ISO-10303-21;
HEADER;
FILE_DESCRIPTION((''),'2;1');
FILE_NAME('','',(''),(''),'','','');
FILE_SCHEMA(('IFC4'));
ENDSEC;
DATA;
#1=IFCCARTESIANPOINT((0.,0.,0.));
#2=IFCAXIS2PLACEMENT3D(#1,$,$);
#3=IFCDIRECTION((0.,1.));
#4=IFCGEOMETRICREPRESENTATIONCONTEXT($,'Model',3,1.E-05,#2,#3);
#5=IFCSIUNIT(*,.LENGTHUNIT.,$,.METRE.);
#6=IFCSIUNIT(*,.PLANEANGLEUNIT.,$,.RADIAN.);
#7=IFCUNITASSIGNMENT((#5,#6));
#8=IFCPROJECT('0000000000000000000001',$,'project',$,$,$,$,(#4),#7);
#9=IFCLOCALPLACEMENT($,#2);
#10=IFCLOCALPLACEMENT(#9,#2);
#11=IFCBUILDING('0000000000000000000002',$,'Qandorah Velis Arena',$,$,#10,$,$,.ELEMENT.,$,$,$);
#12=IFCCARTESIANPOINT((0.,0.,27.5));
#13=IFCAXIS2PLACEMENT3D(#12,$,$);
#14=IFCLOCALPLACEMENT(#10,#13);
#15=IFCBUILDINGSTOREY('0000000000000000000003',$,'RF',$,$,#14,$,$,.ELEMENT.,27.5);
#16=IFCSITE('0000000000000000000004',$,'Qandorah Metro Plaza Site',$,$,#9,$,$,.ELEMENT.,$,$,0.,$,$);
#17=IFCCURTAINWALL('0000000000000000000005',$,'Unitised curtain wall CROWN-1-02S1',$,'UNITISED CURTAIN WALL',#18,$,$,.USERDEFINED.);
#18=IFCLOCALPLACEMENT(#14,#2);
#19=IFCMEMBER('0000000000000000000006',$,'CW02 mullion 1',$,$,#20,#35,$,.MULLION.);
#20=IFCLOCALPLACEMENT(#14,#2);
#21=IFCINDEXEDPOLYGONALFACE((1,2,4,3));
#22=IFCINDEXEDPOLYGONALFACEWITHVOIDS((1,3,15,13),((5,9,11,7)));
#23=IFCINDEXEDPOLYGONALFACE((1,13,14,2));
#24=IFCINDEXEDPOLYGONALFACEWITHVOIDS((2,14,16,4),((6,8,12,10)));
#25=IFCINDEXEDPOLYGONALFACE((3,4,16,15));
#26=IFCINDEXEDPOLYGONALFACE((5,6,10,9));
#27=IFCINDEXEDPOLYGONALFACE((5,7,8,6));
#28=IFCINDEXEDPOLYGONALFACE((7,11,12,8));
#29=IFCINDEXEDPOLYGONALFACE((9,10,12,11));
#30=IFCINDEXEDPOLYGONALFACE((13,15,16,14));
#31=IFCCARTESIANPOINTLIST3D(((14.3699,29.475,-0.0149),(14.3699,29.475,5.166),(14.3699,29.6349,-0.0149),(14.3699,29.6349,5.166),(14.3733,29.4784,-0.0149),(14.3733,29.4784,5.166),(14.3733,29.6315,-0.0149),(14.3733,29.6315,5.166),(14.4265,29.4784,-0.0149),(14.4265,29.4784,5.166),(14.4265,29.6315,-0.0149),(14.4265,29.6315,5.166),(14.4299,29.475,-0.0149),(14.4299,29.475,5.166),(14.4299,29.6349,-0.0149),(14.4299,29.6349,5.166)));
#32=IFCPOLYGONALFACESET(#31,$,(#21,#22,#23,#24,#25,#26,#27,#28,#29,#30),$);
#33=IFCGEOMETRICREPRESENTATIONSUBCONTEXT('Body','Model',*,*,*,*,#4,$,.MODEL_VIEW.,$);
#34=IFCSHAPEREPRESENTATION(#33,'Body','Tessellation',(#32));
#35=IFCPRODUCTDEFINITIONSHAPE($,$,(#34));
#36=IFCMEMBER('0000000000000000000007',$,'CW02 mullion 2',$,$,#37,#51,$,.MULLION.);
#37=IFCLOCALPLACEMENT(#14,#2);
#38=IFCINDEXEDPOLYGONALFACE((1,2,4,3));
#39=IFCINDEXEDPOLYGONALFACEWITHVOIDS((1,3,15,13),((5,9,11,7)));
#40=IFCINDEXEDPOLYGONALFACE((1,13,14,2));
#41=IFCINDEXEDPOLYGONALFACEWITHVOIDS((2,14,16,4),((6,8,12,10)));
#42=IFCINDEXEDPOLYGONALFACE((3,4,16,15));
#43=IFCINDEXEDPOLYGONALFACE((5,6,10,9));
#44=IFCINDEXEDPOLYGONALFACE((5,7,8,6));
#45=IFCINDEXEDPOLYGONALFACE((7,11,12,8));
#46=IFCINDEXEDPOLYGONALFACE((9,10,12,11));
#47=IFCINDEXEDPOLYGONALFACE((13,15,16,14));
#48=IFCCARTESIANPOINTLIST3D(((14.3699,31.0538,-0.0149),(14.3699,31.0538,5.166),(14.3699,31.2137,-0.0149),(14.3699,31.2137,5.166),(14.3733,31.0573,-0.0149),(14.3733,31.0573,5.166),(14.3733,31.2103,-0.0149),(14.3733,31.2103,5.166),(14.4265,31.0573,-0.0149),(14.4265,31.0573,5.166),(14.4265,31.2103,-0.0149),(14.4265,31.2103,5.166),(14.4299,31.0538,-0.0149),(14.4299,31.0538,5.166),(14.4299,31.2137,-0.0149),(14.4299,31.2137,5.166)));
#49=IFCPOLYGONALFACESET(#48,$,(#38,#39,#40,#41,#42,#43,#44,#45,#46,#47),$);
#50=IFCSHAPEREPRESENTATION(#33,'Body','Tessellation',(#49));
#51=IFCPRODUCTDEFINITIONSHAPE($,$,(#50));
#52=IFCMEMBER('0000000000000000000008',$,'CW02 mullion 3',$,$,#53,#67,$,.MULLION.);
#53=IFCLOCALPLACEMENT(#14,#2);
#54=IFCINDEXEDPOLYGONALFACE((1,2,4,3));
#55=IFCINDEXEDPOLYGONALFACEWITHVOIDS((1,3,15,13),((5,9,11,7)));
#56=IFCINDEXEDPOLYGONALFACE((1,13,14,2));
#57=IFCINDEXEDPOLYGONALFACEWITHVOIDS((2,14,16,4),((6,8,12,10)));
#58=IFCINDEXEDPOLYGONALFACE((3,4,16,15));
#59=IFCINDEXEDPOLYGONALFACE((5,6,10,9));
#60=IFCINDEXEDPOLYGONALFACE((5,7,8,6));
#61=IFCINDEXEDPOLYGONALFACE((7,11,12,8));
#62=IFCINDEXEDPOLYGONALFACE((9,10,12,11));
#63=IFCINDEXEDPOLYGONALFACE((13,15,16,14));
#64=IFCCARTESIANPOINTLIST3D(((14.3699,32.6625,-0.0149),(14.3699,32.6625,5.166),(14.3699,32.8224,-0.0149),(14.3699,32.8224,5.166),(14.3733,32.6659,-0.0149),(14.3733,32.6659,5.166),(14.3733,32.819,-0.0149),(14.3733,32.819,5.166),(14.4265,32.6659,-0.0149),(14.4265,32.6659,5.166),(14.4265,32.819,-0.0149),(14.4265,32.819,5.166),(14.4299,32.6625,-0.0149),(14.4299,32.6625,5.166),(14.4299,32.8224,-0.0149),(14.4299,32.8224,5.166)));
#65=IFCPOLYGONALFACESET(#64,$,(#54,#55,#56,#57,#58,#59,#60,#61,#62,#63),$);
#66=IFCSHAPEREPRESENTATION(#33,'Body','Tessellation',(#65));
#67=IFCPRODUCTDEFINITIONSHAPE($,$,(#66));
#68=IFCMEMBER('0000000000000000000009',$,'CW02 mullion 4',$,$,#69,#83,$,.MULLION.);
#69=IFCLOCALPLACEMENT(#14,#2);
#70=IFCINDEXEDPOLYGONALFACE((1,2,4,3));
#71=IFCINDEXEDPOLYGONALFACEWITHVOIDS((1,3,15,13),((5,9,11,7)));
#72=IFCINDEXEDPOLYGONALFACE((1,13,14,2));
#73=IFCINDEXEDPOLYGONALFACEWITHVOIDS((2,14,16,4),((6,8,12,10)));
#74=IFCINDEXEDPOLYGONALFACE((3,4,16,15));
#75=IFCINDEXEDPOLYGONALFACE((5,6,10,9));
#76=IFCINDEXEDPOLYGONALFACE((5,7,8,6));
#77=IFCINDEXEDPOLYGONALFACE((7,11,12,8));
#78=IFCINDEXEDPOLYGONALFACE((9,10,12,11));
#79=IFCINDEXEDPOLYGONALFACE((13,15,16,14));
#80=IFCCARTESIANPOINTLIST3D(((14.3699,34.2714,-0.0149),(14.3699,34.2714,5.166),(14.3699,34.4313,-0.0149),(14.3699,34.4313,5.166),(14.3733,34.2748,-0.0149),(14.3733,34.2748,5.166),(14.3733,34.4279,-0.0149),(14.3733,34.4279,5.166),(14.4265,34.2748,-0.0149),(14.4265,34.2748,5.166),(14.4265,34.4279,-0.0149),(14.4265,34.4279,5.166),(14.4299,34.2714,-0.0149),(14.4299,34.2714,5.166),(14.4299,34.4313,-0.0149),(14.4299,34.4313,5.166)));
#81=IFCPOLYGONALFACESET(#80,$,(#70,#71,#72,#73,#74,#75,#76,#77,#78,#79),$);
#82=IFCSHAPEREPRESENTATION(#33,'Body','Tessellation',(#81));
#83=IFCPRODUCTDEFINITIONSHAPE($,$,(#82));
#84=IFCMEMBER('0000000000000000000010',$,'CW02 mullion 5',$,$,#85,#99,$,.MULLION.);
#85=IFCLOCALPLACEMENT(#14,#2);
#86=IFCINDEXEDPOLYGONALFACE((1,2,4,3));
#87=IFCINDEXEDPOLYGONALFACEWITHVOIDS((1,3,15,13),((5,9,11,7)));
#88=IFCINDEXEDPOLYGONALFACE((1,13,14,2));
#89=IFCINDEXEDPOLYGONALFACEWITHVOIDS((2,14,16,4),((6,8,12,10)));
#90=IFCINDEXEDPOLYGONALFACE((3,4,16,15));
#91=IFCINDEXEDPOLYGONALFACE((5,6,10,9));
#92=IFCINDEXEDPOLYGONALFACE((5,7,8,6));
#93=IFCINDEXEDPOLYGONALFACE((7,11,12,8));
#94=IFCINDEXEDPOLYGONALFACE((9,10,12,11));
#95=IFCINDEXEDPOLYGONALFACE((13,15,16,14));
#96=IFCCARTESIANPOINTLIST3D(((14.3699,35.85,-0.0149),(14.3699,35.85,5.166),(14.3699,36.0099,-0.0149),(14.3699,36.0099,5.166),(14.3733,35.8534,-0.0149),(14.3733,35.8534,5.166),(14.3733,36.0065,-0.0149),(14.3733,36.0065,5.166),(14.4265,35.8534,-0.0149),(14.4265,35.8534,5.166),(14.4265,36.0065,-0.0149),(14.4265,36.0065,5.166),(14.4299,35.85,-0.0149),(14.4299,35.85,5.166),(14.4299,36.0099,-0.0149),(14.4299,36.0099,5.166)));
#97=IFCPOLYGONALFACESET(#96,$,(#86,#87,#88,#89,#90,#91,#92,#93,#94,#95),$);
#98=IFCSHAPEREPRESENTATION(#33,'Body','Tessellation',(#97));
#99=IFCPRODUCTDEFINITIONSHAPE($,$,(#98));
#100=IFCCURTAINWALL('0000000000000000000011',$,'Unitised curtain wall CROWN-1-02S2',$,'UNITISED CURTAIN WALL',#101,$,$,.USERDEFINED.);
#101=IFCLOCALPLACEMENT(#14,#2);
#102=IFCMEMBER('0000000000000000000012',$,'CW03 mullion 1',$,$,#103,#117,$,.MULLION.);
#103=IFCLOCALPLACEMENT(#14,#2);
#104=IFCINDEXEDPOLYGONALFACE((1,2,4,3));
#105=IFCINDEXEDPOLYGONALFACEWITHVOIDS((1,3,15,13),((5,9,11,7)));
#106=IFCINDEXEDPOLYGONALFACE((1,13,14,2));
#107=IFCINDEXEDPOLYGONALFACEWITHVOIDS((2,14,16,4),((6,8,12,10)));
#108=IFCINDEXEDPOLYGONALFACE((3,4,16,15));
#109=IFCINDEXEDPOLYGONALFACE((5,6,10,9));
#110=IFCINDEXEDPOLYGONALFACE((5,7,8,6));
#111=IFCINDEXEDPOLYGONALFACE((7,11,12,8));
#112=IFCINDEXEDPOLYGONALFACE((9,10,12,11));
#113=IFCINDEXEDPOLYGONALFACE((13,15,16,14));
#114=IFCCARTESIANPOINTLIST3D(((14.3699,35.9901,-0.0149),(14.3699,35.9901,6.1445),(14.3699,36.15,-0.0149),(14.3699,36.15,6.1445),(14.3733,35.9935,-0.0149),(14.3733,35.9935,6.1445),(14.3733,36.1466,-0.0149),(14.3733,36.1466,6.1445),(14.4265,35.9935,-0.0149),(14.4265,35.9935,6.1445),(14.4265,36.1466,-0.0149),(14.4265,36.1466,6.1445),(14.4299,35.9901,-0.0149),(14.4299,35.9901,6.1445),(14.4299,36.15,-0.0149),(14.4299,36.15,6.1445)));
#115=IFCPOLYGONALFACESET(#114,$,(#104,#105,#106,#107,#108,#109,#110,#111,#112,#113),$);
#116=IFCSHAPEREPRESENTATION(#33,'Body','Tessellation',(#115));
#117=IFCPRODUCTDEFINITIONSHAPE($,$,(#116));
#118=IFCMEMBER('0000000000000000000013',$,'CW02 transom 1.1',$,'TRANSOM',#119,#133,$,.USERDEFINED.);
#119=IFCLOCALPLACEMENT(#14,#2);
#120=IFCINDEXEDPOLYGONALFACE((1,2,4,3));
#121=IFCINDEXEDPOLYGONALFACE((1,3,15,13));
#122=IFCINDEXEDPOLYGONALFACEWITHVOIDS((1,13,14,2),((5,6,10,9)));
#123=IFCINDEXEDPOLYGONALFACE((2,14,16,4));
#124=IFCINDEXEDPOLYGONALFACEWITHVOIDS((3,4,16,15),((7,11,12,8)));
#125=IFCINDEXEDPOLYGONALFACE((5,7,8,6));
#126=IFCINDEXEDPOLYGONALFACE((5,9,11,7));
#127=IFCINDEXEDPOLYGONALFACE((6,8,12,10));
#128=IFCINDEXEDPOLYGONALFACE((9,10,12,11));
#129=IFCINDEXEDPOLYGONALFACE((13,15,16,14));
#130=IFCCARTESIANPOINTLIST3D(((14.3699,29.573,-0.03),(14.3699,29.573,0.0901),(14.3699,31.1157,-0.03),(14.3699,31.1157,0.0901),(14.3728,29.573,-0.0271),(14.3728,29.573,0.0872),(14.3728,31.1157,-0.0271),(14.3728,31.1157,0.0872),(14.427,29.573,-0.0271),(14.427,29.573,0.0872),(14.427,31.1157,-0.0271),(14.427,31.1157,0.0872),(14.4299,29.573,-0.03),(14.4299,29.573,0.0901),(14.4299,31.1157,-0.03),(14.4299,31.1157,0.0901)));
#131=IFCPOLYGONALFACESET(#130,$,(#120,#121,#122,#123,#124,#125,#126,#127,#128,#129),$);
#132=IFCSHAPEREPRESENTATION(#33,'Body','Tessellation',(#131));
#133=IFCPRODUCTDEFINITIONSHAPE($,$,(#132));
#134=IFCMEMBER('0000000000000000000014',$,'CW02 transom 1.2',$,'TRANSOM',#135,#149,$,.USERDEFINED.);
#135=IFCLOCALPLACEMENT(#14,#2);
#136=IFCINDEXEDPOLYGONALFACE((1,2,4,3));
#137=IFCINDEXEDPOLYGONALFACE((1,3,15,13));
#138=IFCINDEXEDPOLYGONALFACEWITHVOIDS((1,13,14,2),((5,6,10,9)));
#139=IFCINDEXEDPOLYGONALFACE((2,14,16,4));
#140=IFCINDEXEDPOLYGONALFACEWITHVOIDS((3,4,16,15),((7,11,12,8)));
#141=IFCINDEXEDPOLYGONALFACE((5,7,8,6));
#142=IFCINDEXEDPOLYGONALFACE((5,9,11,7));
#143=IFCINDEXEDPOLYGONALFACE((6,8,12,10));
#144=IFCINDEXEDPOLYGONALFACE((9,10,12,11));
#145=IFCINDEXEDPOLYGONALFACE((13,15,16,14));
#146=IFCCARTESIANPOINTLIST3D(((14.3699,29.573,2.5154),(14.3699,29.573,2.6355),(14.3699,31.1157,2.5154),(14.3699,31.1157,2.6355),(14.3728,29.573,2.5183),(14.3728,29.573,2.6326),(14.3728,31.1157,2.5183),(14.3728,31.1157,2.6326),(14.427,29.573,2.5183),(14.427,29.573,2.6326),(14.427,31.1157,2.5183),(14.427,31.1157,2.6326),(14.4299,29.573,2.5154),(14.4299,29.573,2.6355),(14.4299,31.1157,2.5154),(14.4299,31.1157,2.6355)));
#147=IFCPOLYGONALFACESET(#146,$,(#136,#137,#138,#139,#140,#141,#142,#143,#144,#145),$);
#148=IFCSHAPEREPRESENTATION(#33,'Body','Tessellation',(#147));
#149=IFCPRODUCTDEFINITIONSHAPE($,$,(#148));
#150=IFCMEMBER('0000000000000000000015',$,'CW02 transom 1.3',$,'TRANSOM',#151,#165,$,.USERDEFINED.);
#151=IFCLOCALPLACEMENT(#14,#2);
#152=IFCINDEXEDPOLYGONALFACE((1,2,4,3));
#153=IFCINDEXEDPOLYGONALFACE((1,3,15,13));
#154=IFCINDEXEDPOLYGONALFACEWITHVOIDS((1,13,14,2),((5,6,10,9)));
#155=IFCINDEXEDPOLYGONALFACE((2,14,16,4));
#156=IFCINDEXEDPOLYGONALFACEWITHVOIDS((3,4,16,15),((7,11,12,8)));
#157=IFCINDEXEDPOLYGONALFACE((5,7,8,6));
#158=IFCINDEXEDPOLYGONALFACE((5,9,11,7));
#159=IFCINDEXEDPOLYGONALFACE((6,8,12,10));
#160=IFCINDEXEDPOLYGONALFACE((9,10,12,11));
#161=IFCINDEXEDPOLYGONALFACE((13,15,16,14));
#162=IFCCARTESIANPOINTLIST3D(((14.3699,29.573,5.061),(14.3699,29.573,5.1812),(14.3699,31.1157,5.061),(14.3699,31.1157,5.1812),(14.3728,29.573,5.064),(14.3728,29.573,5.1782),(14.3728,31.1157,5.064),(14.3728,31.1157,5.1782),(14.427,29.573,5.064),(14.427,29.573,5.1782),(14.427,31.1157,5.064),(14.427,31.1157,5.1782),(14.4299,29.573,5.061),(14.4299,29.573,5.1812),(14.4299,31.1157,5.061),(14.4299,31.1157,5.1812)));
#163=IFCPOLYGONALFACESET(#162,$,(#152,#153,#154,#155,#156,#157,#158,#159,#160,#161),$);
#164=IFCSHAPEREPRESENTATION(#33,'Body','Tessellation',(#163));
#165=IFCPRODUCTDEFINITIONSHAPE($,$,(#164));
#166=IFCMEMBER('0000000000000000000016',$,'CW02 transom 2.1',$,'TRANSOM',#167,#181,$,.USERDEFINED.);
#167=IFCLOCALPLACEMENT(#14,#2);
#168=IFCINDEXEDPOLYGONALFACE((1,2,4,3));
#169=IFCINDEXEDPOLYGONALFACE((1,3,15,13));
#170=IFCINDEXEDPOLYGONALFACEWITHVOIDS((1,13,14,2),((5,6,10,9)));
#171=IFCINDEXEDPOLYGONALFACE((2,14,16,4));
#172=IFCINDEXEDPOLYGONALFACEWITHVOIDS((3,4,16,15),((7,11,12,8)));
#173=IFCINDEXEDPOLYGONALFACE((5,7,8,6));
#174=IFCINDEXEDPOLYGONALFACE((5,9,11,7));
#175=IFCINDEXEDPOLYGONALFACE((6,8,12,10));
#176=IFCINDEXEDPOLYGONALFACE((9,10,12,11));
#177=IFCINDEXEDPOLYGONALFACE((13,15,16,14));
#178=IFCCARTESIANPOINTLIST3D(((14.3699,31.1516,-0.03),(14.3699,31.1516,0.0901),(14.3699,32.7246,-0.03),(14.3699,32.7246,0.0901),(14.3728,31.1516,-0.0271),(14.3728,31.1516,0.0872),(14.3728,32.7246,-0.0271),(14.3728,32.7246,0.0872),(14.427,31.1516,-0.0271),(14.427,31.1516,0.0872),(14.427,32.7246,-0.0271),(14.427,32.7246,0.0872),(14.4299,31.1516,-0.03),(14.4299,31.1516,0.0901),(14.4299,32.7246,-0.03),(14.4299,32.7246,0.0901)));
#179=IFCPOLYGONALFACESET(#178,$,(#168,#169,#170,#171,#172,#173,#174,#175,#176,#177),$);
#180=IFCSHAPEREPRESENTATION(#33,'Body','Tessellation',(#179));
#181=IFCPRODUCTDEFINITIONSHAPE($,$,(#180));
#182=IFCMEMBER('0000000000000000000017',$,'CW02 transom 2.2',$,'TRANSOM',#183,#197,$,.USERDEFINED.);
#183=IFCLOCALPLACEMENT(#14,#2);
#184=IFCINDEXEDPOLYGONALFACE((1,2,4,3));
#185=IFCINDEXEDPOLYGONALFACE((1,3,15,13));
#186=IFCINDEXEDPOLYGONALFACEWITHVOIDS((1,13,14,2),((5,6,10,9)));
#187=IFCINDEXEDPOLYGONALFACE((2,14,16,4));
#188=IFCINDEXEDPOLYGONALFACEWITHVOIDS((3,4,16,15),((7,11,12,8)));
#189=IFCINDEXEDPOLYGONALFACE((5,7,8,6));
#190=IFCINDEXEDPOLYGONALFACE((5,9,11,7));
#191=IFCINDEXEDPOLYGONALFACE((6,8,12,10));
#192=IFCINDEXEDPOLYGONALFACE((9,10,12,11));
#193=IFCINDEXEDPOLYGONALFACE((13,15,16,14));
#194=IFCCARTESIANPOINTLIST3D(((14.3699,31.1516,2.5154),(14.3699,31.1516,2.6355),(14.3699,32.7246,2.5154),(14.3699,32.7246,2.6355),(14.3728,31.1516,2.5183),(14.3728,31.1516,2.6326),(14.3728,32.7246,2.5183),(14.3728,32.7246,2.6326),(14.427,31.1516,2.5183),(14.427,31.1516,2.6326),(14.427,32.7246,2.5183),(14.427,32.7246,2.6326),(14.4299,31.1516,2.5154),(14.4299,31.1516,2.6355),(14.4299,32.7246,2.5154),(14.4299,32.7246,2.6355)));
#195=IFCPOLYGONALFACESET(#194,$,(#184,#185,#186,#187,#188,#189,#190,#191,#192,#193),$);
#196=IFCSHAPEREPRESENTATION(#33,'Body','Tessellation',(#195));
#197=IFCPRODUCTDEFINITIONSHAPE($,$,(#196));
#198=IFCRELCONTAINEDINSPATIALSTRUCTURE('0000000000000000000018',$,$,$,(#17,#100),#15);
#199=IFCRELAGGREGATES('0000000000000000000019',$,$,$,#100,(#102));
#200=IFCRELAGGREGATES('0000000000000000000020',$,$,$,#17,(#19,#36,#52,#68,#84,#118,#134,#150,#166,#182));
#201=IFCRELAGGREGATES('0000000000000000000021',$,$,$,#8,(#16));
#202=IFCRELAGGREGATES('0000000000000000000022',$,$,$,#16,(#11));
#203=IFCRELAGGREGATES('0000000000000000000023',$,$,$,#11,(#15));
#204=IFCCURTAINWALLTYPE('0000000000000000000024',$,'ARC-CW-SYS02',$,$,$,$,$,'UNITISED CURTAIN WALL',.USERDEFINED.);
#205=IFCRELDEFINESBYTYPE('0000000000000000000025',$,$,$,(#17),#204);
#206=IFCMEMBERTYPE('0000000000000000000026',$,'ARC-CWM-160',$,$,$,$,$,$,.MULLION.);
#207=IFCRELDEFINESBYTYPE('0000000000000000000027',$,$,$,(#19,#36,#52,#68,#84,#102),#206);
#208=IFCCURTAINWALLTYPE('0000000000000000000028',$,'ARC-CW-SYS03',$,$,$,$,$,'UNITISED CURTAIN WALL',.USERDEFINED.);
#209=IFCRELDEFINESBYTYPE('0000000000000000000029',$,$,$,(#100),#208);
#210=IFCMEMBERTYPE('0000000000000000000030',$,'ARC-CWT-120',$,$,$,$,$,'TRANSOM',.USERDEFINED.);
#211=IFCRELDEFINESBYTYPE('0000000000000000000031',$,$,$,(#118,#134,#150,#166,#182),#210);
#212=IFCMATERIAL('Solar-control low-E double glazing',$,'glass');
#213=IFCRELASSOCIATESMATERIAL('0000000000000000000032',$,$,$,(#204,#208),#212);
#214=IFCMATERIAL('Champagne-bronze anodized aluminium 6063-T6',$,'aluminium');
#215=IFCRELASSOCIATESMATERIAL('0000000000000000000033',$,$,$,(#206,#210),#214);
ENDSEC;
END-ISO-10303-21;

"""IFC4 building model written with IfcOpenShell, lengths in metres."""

from ifc_helpers import new_model, si_unit, direction, frame, origin, origin_2d, place, context, subcontext, project, spatial, hollow_rectangle, extrude, material, material_profile, profile_set, type_object, element, aggregate, save


model = new_model("IFC4")

# Units and contexts
model_context = context("Model", 3, precision=1e-05, world=origin(), true_north=direction((0.0, 1.0)))
body_context = subcontext(model_context, "Body", "Model", "MODEL_VIEW")
ifc_project = project(units=[si_unit("LENGTHUNIT", "METRE"), si_unit("PLANEANGLEUNIT", "RADIAN")], contexts=[model_context])

# Site, building, storey
site_placement = place(None, origin())
site = spatial("IfcSite", under=ifc_project, at=site_placement, Name="Qandorah Metro Plaza Site", CompositionType="ELEMENT", RefElevation=0.0)
building_placement = place(site_placement, origin())
building = spatial("IfcBuilding", under=site, at=building_placement, Name="Qandorah Velis Arena", CompositionType="ELEMENT")
storey_placement = place(building_placement, frame((0.0, 0.0, 27.5)))
storey = spatial("IfcBuildingStorey", under=building, at=storey_placement, Name="RF", CompositionType="ELEMENT", Elevation=27.5)

# Curtain wall, members
ifc_material_1 = material(Name="Solar-control low-E double glazing", Category="glass")
curtain_wall_type_1 = type_object("IfcCurtainWallType", Name="ARC-CW-SYS02", ElementType="UNITISED CURTAIN WALL", PredefinedType="USERDEFINED", material=ifc_material_1)
curtain_wall_1_placement = place(storey_placement, origin())
curtain_wall_1 = element("IfcCurtainWall", 1, at=curtain_wall_1_placement, inside=storey, type_object=curtain_wall_type_1, Name="Unitised curtain wall CROWN-1-02S1", ObjectType="UNITISED CURTAIN WALL", PredefinedType="USERDEFINED")
ifc_material_2 = material(Name="Champagne-bronze anodized aluminium 6063-T6", Category="aluminium")
ifc_material_profile_1 = material_profile(ifc_material_2, hollow_rectangle(XDim=0.0601, YDim=0.1599, WallThickness=0.0034, at=origin_2d()), Name="ALU MULLION 60x160")
ifc_profile_set_1 = profile_set([ifc_material_profile_1], Name="Champagne-bronze anodized aluminium 6063-T6")
member_type_1 = type_object("IfcMemberType", Name="ARC-CWM-160", PredefinedType="MULLION", material=ifc_profile_set_1)
member_1_placement = place(storey_placement, frame((14.3999, 29.5549, -0.0149), z_axis=(0.0, 0.0, 1.0), x_axis=(-1.0, 0.0, 0.0)))
member_1 = element("IfcMember", 2, at=member_1_placement, type_object=member_type_1, Name="CW02 mullion 1", PredefinedType="MULLION", context=body_context, shape_type="SweptSolid", body=[
    extrude(hollow_rectangle(XDim=0.0601, YDim=0.1599, WallThickness=0.0034, at=origin_2d()), origin(), (0.0, 0.0, 1.0), 5.1809),
])
member_2_placement = place(storey_placement, frame((14.3999, 31.1338, -0.0149), z_axis=(0.0, 0.0, 1.0), x_axis=(-1.0, 0.0, 0.0)))
member_2 = element("IfcMember", 3, at=member_2_placement, type_object=member_type_1, Name="CW02 mullion 2", PredefinedType="MULLION", context=body_context, shape_type="SweptSolid", body=[
    extrude(hollow_rectangle(XDim=0.0601, YDim=0.1599, WallThickness=0.0034, at=origin_2d()), origin(), (0.0, 0.0, 1.0), 5.1809),
])
member_3_placement = place(storey_placement, frame((14.3999, 32.7424, -0.0149), z_axis=(0.0, 0.0, 1.0), x_axis=(-1.0, 0.0, 0.0)))
member_3 = element("IfcMember", 4, at=member_3_placement, type_object=member_type_1, Name="CW02 mullion 3", PredefinedType="MULLION", context=body_context, shape_type="SweptSolid", body=[
    extrude(hollow_rectangle(XDim=0.0601, YDim=0.1599, WallThickness=0.0034, at=origin_2d()), origin(), (0.0, 0.0, 1.0), 5.1809),
])
member_4_placement = place(storey_placement, frame((14.3999, 34.3513, -0.0149), z_axis=(0.0, 0.0, 1.0), x_axis=(-1.0, 0.0, 0.0)))
member_4 = element("IfcMember", 5, at=member_4_placement, type_object=member_type_1, Name="CW02 mullion 4", PredefinedType="MULLION", context=body_context, shape_type="SweptSolid", body=[
    extrude(hollow_rectangle(XDim=0.0601, YDim=0.1599, WallThickness=0.0034, at=origin_2d()), origin(), (0.0, 0.0, 1.0), 5.1809),
])
member_5_placement = place(storey_placement, frame((14.3999, 35.9299, -0.0149), z_axis=(0.0, 0.0, 1.0), x_axis=(-1.0, 0.0, 0.0)))
member_5 = element("IfcMember", 6, at=member_5_placement, type_object=member_type_1, Name="CW02 mullion 5", PredefinedType="MULLION", context=body_context, shape_type="SweptSolid", body=[
    extrude(hollow_rectangle(XDim=0.0601, YDim=0.1599, WallThickness=0.0034, at=origin_2d()), origin(), (0.0, 0.0, 1.0), 5.1809),
])

# Curtain wall, member
curtain_wall_type_2 = type_object("IfcCurtainWallType", Name="ARC-CW-SYS03", ElementType="UNITISED CURTAIN WALL", PredefinedType="USERDEFINED", material=ifc_material_1)
curtain_wall_2_placement = place(storey_placement, origin())
curtain_wall_2 = element("IfcCurtainWall", 7, at=curtain_wall_2_placement, inside=storey, type_object=curtain_wall_type_2, Name="Unitised curtain wall CROWN-1-02S2", ObjectType="UNITISED CURTAIN WALL", PredefinedType="USERDEFINED")
member_6_placement = place(storey_placement, frame((14.3999, 36.0701, -0.0149), z_axis=(0.0, 0.0, 1.0), x_axis=(-1.0, 0.0, 0.0)))
member_6 = element("IfcMember", 8, at=member_6_placement, type_object=member_type_1, Name="CW03 mullion 1", PredefinedType="MULLION", context=body_context, shape_type="SweptSolid", body=[
    extrude(hollow_rectangle(XDim=0.0601, YDim=0.1599, WallThickness=0.0034, at=origin_2d()), origin(), (0.0, 0.0, 1.0), 6.1594),
])
aggregate(curtain_wall_2, [member_6])

# Members
ifc_material_profile_2 = material_profile(ifc_material_2, hollow_rectangle(XDim=0.0601, YDim=0.1201, WallThickness=0.0029, at=origin_2d()), Name="ALU TRANSOM 60x120")
ifc_profile_set_2 = profile_set([ifc_material_profile_2], Name="Champagne-bronze anodized aluminium 6063-T6")
member_type_2 = type_object("IfcMemberType", Name="ARC-CWT-120", ElementType="TRANSOM", PredefinedType="USERDEFINED", material=ifc_profile_set_2)
member_7_placement = place(storey_placement, frame((14.3999, 29.573, 0.03), z_axis=(0.0, 1.0, 0.0), x_axis=(-1.0, 0.0, 0.0)))
member_7 = element("IfcMember", 9, at=member_7_placement, type_object=member_type_2, Name="CW02 transom 1.1", ObjectType="TRANSOM", PredefinedType="USERDEFINED", context=body_context, shape_type="SweptSolid", body=[
    extrude(hollow_rectangle(XDim=0.0601, YDim=0.1201, WallThickness=0.0029, at=origin_2d()), origin(), (0.0, 0.0, 1.0), 1.5427),
])
member_8_placement = place(storey_placement, frame((14.3999, 29.573, 2.5754), z_axis=(0.0, 1.0, 0.0), x_axis=(-1.0, 0.0, 0.0)))
member_8 = element("IfcMember", 10, at=member_8_placement, type_object=member_type_2, Name="CW02 transom 1.2", ObjectType="TRANSOM", PredefinedType="USERDEFINED", context=body_context, shape_type="SweptSolid", body=[
    extrude(hollow_rectangle(XDim=0.0601, YDim=0.1201, WallThickness=0.0029, at=origin_2d()), origin(), (0.0, 0.0, 1.0), 1.5427),
])
member_9_placement = place(storey_placement, frame((14.3999, 29.573, 5.1211), z_axis=(0.0, 1.0, 0.0), x_axis=(-1.0, 0.0, 0.0)))
member_9 = element("IfcMember", 11, at=member_9_placement, type_object=member_type_2, Name="CW02 transom 1.3", ObjectType="TRANSOM", PredefinedType="USERDEFINED", context=body_context, shape_type="SweptSolid", body=[
    extrude(hollow_rectangle(XDim=0.0601, YDim=0.1201, WallThickness=0.0029, at=origin_2d()), origin(), (0.0, 0.0, 1.0), 1.5427),
])
member_10_placement = place(storey_placement, frame((14.3999, 31.1516, 0.03), z_axis=(0.0, 1.0, 0.0), x_axis=(-1.0, 0.0, 0.0)))
member_10 = element("IfcMember", 12, at=member_10_placement, type_object=member_type_2, Name="CW02 transom 2.1", ObjectType="TRANSOM", PredefinedType="USERDEFINED", context=body_context, shape_type="SweptSolid", body=[
    extrude(hollow_rectangle(XDim=0.0601, YDim=0.1201, WallThickness=0.0029, at=origin_2d()), origin(), (0.0, 0.0, 1.0), 1.573),
])
member_11_placement = place(storey_placement, frame((14.3999, 31.1516, 2.5754), z_axis=(0.0, 1.0, 0.0), x_axis=(-1.0, 0.0, 0.0)))
member_11 = element("IfcMember", 13, at=member_11_placement, type_object=member_type_2, Name="CW02 transom 2.2", ObjectType="TRANSOM", PredefinedType="USERDEFINED", context=body_context, shape_type="SweptSolid", body=[
    extrude(hollow_rectangle(XDim=0.0601, YDim=0.1201, WallThickness=0.0029, at=origin_2d()), origin(), (0.0, 0.0, 1.0), 1.573),
])

aggregate(curtain_wall_1, [member_1, member_2, member_3, member_4, member_5, member_7, member_8, member_9, member_10, member_11])

save(model, "model.ifc")
